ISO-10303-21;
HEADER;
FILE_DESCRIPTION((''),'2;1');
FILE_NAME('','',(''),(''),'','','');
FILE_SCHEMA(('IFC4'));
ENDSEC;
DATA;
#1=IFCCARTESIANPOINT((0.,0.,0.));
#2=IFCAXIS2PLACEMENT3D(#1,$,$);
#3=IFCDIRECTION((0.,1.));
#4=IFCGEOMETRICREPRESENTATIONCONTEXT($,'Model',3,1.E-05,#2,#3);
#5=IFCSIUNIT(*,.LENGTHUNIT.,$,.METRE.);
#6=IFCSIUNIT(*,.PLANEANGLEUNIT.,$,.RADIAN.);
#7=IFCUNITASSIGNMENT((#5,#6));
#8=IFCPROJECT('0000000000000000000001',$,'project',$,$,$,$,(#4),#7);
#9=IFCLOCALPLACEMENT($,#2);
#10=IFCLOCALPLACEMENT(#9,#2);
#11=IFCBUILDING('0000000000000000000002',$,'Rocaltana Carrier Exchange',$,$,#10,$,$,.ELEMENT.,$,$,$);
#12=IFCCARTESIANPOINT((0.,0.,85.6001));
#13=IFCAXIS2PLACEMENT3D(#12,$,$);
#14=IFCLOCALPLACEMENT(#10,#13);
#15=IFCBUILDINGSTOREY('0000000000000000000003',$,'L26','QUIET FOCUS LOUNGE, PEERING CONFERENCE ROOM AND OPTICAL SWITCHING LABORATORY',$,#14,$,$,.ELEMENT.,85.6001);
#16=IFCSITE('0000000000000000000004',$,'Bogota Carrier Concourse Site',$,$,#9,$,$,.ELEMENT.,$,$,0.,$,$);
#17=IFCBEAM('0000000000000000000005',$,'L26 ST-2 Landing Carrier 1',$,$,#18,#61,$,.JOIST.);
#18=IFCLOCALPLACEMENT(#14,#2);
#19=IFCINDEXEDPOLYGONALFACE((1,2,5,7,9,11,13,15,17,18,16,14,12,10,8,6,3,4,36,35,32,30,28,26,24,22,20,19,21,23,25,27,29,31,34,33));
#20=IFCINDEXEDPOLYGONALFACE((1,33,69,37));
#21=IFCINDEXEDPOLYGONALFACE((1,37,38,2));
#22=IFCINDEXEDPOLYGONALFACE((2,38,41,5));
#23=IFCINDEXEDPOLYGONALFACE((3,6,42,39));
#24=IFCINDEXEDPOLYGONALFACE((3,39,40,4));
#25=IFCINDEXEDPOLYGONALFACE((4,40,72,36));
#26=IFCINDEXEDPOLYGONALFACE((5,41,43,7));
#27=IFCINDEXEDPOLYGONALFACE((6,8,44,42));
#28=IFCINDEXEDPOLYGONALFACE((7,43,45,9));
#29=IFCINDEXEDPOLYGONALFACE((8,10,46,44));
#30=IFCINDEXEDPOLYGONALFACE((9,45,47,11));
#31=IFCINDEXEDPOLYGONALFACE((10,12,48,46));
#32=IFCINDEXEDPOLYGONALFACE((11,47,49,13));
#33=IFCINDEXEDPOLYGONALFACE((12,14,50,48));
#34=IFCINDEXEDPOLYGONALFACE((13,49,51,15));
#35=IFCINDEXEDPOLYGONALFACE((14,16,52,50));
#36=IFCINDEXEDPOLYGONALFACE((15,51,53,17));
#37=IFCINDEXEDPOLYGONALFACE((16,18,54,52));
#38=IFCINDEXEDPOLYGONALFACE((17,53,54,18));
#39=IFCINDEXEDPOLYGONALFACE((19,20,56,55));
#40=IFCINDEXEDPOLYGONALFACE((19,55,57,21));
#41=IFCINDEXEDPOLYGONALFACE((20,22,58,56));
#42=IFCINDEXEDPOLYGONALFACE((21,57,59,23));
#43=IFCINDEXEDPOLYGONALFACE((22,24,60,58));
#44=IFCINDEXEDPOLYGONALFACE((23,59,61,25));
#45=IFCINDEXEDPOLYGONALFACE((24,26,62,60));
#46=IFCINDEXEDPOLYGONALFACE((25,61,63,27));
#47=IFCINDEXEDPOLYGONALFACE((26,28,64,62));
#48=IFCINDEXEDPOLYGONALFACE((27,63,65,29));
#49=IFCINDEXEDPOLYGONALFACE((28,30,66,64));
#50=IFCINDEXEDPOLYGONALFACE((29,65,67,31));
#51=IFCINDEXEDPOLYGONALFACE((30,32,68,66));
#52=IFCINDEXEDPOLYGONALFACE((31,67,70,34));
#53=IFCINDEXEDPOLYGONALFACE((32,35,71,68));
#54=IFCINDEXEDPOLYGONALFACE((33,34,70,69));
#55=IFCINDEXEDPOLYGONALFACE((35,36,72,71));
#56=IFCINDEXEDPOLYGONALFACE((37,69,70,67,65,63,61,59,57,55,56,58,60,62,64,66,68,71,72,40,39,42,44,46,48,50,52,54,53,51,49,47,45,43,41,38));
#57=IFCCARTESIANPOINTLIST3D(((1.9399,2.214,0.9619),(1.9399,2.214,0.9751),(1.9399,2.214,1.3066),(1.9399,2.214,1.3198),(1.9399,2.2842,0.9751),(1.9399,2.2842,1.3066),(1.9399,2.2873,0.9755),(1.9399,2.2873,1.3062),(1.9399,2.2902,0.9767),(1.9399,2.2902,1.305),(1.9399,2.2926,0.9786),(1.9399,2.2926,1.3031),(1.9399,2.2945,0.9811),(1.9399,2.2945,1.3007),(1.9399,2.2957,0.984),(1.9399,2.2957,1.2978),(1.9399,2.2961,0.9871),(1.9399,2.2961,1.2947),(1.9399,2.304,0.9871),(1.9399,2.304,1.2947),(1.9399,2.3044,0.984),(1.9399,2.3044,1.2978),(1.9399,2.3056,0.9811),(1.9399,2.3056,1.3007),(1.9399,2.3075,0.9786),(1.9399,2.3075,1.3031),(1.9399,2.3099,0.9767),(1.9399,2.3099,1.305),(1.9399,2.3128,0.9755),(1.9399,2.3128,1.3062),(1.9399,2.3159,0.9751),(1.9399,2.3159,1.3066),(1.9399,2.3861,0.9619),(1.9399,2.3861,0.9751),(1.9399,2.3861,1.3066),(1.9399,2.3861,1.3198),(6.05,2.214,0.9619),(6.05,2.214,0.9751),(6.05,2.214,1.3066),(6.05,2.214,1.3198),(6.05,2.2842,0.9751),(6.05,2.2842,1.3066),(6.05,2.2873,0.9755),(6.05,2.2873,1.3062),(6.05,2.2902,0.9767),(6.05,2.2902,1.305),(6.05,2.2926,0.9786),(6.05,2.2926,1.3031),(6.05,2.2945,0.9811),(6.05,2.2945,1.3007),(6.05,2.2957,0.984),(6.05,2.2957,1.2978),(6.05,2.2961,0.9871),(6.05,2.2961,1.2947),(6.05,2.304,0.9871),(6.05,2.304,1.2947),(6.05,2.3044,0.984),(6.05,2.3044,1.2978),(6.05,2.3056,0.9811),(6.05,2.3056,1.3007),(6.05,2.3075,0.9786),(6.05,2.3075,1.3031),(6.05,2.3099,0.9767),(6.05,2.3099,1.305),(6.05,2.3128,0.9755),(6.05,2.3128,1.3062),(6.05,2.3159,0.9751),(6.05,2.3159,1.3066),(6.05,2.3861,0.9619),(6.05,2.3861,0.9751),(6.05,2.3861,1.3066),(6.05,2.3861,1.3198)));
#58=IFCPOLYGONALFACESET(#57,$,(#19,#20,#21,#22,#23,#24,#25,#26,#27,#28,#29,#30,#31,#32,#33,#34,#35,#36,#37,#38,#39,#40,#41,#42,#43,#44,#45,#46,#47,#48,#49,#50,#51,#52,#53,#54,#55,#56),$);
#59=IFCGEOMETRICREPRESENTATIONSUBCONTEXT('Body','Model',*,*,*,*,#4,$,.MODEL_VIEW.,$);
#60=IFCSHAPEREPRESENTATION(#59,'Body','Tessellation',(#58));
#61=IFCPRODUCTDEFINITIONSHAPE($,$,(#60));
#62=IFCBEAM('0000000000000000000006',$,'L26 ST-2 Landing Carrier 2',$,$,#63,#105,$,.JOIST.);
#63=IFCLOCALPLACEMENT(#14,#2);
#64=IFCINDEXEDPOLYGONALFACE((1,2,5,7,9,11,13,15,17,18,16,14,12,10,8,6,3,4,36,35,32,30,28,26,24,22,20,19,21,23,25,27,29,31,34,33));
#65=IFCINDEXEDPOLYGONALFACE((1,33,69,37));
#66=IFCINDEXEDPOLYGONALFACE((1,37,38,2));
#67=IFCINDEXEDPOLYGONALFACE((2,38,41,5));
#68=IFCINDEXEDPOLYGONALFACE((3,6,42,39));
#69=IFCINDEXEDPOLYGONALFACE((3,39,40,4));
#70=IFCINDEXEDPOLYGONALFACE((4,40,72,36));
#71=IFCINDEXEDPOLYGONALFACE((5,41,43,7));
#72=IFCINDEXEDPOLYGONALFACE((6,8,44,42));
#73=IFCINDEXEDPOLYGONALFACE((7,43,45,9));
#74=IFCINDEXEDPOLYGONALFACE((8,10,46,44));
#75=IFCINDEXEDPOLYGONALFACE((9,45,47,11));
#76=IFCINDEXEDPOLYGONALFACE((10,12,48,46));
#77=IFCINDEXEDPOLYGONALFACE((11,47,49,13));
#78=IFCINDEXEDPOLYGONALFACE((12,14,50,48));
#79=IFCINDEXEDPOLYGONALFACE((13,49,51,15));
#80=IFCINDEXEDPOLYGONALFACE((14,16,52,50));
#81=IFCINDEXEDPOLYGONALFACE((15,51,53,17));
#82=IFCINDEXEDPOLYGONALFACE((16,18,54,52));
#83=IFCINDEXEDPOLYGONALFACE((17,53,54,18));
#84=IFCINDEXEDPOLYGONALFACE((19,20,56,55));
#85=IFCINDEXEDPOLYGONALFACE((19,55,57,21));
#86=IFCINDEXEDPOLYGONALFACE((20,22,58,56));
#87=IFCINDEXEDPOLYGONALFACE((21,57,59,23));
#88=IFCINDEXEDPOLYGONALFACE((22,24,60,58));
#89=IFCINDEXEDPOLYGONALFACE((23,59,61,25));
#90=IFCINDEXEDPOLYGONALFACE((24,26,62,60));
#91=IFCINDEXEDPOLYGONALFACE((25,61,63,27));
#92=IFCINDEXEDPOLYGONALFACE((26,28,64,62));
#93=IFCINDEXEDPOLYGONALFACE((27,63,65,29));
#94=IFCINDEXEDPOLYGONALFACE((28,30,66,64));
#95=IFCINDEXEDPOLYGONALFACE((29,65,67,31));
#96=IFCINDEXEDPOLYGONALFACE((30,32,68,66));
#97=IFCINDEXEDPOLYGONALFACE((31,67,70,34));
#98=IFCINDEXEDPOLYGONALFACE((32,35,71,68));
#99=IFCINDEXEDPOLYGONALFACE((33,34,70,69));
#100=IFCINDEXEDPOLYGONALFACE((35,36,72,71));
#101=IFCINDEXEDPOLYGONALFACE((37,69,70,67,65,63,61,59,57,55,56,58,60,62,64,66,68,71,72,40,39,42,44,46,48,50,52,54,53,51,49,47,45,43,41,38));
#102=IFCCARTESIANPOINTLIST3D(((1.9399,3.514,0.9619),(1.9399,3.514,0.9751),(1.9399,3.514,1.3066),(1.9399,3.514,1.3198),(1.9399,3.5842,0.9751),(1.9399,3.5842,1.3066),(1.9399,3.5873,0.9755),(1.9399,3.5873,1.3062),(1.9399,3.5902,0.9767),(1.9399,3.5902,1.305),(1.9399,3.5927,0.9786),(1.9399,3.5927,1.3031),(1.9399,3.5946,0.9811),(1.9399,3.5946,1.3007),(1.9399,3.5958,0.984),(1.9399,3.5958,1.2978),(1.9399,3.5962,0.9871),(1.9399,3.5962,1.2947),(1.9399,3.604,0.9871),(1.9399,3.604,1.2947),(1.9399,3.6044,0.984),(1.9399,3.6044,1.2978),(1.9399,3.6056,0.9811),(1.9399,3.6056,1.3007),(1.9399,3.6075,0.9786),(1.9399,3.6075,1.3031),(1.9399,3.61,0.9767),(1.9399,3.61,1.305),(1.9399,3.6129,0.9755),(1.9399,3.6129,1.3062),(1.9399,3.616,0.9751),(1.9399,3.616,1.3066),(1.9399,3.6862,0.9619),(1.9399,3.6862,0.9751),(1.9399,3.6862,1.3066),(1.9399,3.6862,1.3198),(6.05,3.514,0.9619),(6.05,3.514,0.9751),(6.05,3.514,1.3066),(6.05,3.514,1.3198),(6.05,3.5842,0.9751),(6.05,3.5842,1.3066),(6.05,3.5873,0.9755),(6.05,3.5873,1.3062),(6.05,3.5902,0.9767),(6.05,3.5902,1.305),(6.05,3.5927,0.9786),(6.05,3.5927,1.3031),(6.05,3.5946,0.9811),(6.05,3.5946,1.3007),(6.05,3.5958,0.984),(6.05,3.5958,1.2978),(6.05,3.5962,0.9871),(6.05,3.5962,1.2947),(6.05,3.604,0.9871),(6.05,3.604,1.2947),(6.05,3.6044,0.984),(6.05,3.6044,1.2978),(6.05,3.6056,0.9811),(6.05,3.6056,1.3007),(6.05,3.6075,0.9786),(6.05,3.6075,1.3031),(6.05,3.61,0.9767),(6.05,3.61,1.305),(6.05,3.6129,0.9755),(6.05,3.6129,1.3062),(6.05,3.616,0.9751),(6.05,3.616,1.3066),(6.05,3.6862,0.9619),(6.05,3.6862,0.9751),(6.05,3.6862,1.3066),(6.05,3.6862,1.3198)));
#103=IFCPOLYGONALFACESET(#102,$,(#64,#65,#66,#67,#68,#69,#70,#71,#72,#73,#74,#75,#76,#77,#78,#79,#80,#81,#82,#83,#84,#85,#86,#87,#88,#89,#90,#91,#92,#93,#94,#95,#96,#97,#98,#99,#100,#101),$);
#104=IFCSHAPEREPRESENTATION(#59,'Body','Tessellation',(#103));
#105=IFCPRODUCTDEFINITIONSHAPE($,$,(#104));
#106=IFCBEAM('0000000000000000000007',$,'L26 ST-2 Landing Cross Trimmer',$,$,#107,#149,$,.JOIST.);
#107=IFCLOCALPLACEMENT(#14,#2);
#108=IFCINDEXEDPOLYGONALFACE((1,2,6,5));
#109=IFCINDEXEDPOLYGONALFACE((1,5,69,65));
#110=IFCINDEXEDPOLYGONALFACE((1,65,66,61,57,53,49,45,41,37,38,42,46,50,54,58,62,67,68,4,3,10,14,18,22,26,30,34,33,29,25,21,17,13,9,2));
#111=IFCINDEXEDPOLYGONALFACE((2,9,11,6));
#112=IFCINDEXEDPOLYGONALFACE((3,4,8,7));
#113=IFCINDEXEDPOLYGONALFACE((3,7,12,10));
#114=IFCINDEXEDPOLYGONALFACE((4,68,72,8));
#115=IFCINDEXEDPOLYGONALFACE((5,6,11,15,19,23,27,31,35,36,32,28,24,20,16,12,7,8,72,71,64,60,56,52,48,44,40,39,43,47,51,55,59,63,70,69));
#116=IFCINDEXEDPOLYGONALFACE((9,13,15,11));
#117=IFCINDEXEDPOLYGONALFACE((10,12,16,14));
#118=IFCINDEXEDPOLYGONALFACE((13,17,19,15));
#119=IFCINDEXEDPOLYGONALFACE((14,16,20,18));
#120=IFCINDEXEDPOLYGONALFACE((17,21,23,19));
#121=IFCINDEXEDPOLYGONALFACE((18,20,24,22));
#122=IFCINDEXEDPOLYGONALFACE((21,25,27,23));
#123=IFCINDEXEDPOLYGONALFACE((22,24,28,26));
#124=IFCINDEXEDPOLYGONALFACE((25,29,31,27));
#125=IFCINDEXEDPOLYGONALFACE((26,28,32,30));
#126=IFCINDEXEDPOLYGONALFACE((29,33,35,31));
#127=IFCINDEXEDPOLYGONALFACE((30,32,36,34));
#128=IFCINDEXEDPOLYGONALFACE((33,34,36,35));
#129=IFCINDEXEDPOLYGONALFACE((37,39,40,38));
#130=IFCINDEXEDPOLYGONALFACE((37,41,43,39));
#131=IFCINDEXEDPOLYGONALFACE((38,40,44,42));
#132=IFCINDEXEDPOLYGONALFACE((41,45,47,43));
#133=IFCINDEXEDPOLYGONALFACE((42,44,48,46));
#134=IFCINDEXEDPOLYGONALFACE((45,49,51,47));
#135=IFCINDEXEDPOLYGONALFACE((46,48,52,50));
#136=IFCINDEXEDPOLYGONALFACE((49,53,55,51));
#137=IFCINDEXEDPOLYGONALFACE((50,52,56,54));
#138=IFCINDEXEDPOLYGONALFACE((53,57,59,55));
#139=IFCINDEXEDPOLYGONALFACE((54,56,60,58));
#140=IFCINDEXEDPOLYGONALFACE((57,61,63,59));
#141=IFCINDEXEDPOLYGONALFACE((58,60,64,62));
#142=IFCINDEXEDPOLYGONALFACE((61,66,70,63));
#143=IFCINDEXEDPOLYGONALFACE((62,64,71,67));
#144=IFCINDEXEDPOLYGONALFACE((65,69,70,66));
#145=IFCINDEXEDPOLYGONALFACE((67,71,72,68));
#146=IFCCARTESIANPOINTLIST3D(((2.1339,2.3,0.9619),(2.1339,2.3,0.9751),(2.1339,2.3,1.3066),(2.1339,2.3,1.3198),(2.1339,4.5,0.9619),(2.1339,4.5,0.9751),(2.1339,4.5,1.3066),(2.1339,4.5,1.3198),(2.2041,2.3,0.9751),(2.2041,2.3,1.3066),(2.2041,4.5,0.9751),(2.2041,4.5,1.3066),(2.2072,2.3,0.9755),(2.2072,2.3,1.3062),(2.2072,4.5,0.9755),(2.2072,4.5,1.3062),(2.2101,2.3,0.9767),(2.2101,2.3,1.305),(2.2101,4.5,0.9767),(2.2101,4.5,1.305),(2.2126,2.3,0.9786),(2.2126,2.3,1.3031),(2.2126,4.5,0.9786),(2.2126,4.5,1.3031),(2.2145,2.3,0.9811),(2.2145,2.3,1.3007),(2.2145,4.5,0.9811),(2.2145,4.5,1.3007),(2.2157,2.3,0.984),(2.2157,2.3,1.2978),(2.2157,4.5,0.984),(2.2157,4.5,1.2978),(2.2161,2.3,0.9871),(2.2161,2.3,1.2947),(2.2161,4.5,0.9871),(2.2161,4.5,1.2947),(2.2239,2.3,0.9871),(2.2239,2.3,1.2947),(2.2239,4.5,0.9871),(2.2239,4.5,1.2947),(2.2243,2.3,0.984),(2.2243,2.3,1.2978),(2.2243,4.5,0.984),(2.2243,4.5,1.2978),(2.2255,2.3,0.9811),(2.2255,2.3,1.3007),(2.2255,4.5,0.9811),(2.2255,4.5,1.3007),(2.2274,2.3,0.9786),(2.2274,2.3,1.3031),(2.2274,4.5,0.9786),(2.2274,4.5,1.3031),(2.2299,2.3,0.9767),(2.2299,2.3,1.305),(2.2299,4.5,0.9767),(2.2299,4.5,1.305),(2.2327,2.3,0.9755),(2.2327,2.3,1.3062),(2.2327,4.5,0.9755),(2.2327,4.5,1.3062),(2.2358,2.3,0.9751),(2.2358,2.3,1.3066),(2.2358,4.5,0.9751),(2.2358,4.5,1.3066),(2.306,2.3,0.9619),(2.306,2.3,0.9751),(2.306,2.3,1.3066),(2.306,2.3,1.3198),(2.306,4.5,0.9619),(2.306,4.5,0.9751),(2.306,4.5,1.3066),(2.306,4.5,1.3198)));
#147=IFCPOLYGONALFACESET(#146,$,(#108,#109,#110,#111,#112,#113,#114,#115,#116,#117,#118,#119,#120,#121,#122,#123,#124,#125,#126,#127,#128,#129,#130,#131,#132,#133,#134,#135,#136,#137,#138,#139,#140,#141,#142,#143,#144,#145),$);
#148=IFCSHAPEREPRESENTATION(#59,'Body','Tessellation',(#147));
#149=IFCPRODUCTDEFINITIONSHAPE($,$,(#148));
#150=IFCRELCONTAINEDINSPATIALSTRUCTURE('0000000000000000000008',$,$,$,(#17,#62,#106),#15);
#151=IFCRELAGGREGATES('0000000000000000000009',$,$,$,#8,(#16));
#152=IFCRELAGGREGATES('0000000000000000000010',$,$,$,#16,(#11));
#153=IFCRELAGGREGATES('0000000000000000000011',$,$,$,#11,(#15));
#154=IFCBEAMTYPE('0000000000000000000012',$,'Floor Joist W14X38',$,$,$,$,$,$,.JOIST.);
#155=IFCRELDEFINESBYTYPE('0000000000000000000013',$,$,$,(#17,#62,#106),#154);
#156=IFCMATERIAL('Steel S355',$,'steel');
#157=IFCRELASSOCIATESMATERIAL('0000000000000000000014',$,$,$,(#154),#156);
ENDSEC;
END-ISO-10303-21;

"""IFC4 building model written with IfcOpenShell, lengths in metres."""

from ifc_helpers import new_model, si_unit, direction, frame, origin, origin_2d, place, context, subcontext, project, spatial, i_section, extrude, material, material_profile, profile_set, type_object, element, save


model = new_model("IFC4")

# Units and contexts
model_context = context("Model", 3, precision=1e-05, world=origin(), true_north=direction((0.0, 1.0)))
body_context = subcontext(model_context, "Body", "Model", "MODEL_VIEW")
ifc_project = project(units=[si_unit("LENGTHUNIT", "METRE"), si_unit("PLANEANGLEUNIT", "RADIAN")], contexts=[model_context])

# Site, building, storey
site_placement = place(None, origin())
site = spatial("IfcSite", under=ifc_project, at=site_placement, Name="Bogota Carrier Concourse Site", CompositionType="ELEMENT", RefElevation=0.0)
building_placement = place(site_placement, origin())
building = spatial("IfcBuilding", under=site, at=building_placement, Name="Rocaltana Carrier Exchange", CompositionType="ELEMENT")
storey_placement = place(building_placement, frame((0.0, 0.0, 85.6001)))
storey = spatial("IfcBuildingStorey", under=building, at=storey_placement, Name="L26", Description="QUIET FOCUS LOUNGE, PEERING CONFERENCE ROOM AND OPTICAL SWITCHING LABORATORY", CompositionType="ELEMENT", Elevation=85.6001)

# Beams
ifc_material_1 = material(Name="Steel S355", Category="steel")
ifc_material_profile = material_profile(ifc_material_1, i_section(OverallWidth=0.1721, OverallDepth=0.3579, WebThickness=0.0078, FlangeThickness=0.0132, FilletRadius=0.012, at=origin_2d()), Name="W14X38")
ifc_profile_set = profile_set([ifc_material_profile], Name="Steel S355")
beam_type = type_object("IfcBeamType", Name="Floor Joist W14X38", PredefinedType="JOIST", material=ifc_profile_set)
for number, where, z_axis, x_axis, name in (
    (1, (1.9399, 2.3, 1.1409), (1.0, 0.0, 0.0), (0.0, 1.0, 0.0), "L26 ST-2 Landing Carrier 1"),
    (2, (1.9399, 3.6001, 1.1409), (1.0, 0.0, 0.0), (0.0, 1.0, 0.0), "L26 ST-2 Landing Carrier 2"),
):
    element("IfcBeam", number, at=place(storey_placement, frame(where, z_axis=z_axis, x_axis=x_axis)), inside=storey, type_object=beam_type, Name=name, PredefinedType="JOIST", context=body_context, shape_type="SweptSolid", body=[
        extrude(i_section(OverallWidth=0.1721, OverallDepth=0.3579, WebThickness=0.0078, FlangeThickness=0.0132, FilletRadius=0.012, at=origin_2d()), origin(), (0.0, 0.0, 1.0), 4.1101),
    ])
beam_placement = place(storey_placement, frame((2.22, 2.3, 1.1409), z_axis=(0.0, 1.0, 0.0), x_axis=(-1.0, 0.0, 0.0)))
element("IfcBeam", 3, at=beam_placement, inside=storey, type_object=beam_type, Name="L26 ST-2 Landing Cross Trimmer", PredefinedType="JOIST", context=body_context, shape_type="SweptSolid", body=[
    extrude(i_section(OverallWidth=0.1721, OverallDepth=0.3579, WebThickness=0.0078, FlangeThickness=0.0132, FilletRadius=0.012, at=origin_2d()), origin(), (0.0, 0.0, 1.0), 2.2),
])

save(model, "model.ifc")
